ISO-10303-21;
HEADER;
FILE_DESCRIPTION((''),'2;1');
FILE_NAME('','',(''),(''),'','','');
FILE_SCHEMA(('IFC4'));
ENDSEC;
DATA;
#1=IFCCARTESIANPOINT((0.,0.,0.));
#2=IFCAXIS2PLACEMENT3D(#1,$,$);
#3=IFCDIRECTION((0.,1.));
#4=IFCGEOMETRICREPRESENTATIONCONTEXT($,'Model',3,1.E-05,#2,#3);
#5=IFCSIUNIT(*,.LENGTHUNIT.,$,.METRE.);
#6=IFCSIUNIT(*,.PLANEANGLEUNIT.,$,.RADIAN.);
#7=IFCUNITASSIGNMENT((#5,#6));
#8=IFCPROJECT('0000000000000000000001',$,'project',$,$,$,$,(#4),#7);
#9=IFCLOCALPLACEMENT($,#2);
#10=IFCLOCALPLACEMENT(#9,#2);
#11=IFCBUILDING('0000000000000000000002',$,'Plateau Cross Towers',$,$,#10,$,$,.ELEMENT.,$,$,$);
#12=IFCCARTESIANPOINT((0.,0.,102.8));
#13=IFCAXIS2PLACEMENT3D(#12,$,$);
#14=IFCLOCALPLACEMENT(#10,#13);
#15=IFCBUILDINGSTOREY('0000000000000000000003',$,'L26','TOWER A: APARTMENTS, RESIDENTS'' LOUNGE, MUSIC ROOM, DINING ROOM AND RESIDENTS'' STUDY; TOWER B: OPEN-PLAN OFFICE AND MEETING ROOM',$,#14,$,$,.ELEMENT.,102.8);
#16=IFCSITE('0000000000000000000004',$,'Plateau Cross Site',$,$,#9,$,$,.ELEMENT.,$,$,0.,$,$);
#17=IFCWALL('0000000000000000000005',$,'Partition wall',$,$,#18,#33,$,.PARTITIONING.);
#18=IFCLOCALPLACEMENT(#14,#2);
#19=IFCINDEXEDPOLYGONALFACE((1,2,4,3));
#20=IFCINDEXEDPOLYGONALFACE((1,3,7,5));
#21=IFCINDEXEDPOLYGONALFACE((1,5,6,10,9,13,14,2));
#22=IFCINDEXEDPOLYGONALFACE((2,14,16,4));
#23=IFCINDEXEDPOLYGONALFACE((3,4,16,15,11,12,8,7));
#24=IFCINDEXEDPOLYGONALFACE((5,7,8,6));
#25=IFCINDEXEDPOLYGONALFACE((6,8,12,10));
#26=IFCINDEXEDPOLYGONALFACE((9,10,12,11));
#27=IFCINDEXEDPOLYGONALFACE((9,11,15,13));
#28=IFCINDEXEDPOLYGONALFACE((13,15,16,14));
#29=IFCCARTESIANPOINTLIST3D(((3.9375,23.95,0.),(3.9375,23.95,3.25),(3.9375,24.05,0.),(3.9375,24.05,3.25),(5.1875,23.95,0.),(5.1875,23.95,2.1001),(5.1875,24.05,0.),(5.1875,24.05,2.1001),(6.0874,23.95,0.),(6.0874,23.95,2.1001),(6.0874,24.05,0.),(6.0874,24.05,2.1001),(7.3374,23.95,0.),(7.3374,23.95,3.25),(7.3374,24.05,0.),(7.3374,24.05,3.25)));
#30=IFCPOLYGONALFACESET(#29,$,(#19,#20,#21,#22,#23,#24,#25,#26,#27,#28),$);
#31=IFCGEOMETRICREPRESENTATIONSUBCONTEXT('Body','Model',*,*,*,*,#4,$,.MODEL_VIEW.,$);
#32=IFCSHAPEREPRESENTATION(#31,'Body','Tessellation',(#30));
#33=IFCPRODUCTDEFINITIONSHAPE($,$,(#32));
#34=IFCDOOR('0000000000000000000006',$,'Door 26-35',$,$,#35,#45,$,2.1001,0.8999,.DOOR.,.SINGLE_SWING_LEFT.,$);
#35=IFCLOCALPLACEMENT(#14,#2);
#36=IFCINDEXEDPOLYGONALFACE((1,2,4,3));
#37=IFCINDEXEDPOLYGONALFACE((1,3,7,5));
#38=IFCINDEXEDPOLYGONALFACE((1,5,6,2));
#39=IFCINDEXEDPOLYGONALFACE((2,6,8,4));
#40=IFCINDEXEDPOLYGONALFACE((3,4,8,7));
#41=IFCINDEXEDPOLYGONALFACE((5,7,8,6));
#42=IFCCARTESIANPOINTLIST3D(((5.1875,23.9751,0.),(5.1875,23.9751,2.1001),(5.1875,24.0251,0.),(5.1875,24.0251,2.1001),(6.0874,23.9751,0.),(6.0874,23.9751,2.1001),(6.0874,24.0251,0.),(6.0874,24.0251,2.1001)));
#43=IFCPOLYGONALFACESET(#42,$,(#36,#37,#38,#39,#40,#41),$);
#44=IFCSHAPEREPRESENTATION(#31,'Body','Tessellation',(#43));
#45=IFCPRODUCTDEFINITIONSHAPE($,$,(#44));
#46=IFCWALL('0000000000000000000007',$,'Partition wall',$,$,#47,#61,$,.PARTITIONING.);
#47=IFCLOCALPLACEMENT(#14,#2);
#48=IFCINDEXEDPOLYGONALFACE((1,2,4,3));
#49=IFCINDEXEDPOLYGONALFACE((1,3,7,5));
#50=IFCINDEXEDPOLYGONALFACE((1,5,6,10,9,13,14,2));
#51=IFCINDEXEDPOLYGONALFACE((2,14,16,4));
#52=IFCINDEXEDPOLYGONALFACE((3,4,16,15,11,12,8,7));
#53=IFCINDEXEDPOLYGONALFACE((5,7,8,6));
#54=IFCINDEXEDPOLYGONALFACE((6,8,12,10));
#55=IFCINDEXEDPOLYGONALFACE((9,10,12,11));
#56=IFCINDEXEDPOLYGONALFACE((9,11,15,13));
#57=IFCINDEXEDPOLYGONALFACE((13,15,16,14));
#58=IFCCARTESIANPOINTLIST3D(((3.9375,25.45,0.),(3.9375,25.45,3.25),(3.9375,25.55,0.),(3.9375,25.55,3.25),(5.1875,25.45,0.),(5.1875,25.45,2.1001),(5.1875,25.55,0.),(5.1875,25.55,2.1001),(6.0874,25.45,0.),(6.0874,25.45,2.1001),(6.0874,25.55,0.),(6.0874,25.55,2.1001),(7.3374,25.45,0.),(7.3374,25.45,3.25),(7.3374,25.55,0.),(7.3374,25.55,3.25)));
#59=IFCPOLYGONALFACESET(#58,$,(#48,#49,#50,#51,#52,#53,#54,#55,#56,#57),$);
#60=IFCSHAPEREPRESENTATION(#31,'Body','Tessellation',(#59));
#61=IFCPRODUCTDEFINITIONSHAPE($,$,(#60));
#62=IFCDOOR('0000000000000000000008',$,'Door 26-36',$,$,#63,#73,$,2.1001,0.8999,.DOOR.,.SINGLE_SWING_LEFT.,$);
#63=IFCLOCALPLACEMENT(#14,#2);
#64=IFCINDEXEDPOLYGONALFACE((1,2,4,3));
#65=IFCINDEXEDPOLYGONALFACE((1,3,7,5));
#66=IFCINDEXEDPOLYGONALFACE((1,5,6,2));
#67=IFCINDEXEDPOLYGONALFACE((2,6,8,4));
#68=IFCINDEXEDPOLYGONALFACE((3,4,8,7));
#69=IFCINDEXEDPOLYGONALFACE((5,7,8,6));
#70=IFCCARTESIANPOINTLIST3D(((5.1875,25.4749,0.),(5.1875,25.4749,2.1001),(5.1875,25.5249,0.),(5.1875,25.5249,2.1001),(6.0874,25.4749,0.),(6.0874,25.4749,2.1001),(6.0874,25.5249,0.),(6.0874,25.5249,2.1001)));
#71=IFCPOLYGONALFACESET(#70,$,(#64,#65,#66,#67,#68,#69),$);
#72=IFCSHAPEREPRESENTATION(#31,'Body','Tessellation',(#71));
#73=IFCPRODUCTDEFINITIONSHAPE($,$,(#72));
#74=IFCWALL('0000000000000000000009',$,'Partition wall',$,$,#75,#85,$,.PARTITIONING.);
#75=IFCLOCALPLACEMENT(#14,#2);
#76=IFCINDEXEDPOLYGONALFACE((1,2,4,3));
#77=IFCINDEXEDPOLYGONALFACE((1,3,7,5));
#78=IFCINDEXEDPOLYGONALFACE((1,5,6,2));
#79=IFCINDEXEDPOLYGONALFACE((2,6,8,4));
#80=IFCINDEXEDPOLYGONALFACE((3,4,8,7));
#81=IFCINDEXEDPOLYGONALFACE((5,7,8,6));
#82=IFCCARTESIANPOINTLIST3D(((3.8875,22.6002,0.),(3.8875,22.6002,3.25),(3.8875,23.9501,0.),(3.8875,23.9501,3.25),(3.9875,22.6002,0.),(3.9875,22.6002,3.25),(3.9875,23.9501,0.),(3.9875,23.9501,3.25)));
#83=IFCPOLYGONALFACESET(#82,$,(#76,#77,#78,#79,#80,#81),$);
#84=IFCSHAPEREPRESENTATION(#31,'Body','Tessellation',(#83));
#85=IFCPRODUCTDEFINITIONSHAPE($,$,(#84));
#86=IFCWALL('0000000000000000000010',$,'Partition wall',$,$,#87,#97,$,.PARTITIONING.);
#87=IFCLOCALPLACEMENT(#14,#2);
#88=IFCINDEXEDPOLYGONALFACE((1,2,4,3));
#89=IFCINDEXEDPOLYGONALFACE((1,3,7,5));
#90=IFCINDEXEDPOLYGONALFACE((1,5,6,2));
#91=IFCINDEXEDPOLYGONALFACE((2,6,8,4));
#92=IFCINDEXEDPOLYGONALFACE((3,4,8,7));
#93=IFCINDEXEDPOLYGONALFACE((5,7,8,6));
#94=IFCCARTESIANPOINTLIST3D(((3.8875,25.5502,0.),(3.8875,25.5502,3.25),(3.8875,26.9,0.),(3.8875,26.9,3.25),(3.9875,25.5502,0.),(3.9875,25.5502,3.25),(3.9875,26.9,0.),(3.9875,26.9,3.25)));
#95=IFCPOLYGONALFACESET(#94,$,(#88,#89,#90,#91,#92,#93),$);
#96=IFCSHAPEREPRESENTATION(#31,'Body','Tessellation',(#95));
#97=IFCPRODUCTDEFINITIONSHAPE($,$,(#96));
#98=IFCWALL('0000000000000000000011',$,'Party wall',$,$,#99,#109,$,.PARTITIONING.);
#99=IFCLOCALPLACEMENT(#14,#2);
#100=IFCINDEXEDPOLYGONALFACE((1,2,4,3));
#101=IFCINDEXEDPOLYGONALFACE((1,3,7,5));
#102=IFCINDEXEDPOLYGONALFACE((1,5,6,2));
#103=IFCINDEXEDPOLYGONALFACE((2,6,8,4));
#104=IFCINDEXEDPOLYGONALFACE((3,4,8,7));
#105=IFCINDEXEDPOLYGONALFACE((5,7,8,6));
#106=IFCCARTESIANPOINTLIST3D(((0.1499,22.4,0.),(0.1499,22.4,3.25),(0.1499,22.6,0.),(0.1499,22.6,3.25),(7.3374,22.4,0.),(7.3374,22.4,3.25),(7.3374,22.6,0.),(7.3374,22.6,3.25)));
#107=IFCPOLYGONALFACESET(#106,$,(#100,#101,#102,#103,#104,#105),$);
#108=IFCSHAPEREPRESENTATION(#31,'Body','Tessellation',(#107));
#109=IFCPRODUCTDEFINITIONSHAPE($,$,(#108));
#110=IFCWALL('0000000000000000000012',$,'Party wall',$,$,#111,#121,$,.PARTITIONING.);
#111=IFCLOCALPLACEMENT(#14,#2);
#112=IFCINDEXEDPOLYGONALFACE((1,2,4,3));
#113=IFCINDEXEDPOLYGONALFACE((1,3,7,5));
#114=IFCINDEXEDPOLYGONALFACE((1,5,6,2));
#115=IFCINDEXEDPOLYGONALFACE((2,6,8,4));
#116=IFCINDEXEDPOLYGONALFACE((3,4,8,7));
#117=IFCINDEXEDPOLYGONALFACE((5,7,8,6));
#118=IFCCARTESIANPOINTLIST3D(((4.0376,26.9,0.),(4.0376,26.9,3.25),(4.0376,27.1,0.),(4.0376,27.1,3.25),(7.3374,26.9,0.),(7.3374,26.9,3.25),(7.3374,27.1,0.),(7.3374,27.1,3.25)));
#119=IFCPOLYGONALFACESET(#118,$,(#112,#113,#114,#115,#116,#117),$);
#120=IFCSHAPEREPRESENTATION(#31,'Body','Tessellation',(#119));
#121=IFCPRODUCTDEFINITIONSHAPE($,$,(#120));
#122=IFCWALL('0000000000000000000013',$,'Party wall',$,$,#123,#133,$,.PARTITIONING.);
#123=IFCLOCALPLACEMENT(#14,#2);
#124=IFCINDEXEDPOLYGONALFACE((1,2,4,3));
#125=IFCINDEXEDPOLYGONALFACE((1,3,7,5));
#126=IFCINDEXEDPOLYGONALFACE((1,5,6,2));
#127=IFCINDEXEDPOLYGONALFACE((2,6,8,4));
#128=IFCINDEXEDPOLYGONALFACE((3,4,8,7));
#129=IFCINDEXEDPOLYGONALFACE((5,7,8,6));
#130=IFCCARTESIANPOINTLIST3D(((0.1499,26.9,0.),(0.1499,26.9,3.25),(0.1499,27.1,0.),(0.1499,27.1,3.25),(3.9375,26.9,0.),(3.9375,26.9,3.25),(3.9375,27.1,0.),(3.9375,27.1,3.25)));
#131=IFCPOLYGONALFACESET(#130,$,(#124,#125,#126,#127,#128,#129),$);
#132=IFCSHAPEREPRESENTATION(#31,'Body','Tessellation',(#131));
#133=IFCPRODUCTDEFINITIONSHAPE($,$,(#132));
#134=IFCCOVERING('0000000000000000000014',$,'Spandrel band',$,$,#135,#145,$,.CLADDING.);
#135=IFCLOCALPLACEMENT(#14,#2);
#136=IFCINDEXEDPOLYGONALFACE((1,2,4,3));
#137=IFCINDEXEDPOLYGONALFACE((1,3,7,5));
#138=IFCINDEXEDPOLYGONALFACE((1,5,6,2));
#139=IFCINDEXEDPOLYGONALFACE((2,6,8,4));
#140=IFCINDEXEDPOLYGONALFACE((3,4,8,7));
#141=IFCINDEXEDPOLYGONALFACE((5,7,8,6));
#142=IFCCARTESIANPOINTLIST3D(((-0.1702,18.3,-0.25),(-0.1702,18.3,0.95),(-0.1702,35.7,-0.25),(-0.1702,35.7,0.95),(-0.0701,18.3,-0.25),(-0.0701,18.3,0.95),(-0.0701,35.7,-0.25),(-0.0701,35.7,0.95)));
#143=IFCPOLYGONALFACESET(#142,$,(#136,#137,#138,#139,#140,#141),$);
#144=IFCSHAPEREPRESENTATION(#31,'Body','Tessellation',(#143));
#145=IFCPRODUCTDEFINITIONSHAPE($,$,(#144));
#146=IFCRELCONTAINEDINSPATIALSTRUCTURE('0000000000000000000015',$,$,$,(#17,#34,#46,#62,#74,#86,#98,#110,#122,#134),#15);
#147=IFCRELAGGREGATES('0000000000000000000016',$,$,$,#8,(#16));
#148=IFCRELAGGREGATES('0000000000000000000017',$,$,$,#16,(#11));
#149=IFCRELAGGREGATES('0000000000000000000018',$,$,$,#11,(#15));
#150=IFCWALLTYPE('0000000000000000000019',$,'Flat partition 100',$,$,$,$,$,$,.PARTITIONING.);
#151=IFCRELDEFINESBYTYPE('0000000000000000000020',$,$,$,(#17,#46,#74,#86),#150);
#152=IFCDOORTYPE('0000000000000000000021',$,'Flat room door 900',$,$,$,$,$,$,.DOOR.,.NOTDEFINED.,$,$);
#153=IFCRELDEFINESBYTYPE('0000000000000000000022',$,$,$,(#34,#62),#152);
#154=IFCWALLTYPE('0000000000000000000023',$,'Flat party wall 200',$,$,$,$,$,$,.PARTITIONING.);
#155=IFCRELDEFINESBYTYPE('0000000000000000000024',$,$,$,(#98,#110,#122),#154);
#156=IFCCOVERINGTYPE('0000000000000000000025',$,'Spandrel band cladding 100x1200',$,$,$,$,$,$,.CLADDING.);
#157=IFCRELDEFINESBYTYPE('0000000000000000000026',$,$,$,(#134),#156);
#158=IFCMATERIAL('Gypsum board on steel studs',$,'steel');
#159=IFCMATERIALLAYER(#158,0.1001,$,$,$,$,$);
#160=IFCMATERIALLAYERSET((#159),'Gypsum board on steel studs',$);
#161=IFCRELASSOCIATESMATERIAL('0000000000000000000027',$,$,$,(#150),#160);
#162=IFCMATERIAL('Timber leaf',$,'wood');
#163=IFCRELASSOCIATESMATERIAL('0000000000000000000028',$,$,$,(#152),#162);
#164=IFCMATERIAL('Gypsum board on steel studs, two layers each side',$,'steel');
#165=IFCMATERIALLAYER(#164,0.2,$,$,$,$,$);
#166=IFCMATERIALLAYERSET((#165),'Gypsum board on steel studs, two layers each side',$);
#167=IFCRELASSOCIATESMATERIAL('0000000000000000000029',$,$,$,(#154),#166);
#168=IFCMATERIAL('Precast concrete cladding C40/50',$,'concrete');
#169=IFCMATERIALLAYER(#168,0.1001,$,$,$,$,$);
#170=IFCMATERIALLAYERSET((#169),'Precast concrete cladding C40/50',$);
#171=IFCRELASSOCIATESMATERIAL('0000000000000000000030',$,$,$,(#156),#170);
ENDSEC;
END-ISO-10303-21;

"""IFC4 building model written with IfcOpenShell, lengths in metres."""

from ifc_helpers import new_model, si_unit, direction, frame, frame_2d, origin, origin_2d, place, context, subcontext, project, spatial, rectangle, extrude, material, layer, layer_set, type_object, element, fill, save


model = new_model("IFC4")

# Units and contexts
model_context = context("Model", 3, precision=1e-05, world=origin(), true_north=direction((0.0, 1.0)))
body_context = subcontext(model_context, "Body", "Model", "MODEL_VIEW")
ifc_project = project(units=[si_unit("LENGTHUNIT", "METRE"), si_unit("PLANEANGLEUNIT", "RADIAN")], contexts=[model_context])

# Site, building, storey
site_placement = place(None, origin())
site = spatial("IfcSite", under=ifc_project, at=site_placement, Name="Plateau Cross Site", CompositionType="ELEMENT", RefElevation=0.0)
building_placement = place(site_placement, origin())
building = spatial("IfcBuilding", under=site, at=building_placement, Name="Plateau Cross Towers", CompositionType="ELEMENT")
storey_placement = place(building_placement, frame((0.0, 0.0, 102.8)))
storey = spatial("IfcBuildingStorey", under=building, at=storey_placement, Name="L26", Description="TOWER A: APARTMENTS, RESIDENTS' LOUNGE, MUSIC ROOM, DINING ROOM AND RESIDENTS' STUDY; TOWER B: OPEN-PLAN OFFICE AND MEETING ROOM", CompositionType="ELEMENT", Elevation=102.8)

# Walls, openings, doors
ifc_material_1 = material(Name="Gypsum board on steel studs", Category="steel")
ifc_layer_1 = layer(ifc_material_1, 0.1001)
ifc_layer_set_1 = layer_set([ifc_layer_1], Name="Gypsum board on steel studs")
wall_type_1 = type_object("IfcWallType", Name="Flat partition 100", PredefinedType="PARTITIONING", material=ifc_layer_set_1)
wall_1_placement = place(storey_placement, frame((7.3374, 24.0, 0.0), z_axis=(0.0, 0.0, 1.0), x_axis=(-1.0, 0.0, 0.0)))
wall_1 = element("IfcWall", 1, at=wall_1_placement, inside=storey, type_object=wall_type_1, Name="Partition wall", PredefinedType="PARTITIONING", context=body_context, shape_type="SweptSolid", body=[
    extrude(rectangle(XDim=3.3999, YDim=0.1001, at=frame_2d((1.7, 0.0))), origin(), (0.0, 0.0, 1.0), 3.25),
])
opening_1_placement = place(wall_1_placement, frame((1.25, 0.0, 0.0)))
opening_1 = element("IfcOpeningElement", 2, at=opening_1_placement, cuts=wall_1, PredefinedType="OPENING", context=body_context, shape_type="SweptSolid", body=[
    extrude(rectangle(XDim=0.8999, YDim=2.1001, at=frame_2d((0.45, 1.05))), frame((0.0, 0.0601, 0.0), z_axis=(0.0, -1.0, 0.0), x_axis=(1.0, 0.0, 0.0)), (0.0, 0.0, 1.0), 0.1201),
])
ifc_material_2 = material(Name="Timber leaf", Category="wood")
door_type_1 = type_object("IfcDoorType", Name="Flat room door 900", OperationType="NOTDEFINED", PredefinedType="DOOR", material=ifc_material_2)
door_1_placement = place(opening_1_placement, origin())
door_1 = element("IfcDoor", 3, at=door_1_placement, inside=storey, type_object=door_type_1, Name="Door 26-35", OperationType="SINGLE_SWING_LEFT", OverallHeight=2.1001, OverallWidth=0.8999, PredefinedType="DOOR", context=body_context, shape_type="SweptSolid", body=[
    extrude(rectangle(XDim=0.8999, YDim=2.1001, at=frame_2d((0.45, 1.05))), frame((0.0, 0.0249, 0.0), z_axis=(0.0, -1.0, 0.0), x_axis=(1.0, 0.0, 0.0)), (0.0, 0.0, 1.0), 0.05),
])
fill(opening_1, door_1)
wall_2_placement = place(storey_placement, frame((3.9375, 25.5, 0.0), z_axis=(0.0, 0.0, 1.0), x_axis=(1.0, 0.0, 0.0)))
wall_2 = element("IfcWall", 4, at=wall_2_placement, inside=storey, type_object=wall_type_1, Name="Partition wall", PredefinedType="PARTITIONING", context=body_context, shape_type="SweptSolid", body=[
    extrude(rectangle(XDim=3.3999, YDim=0.1001, at=frame_2d((1.7, 0.0))), origin(), (0.0, 0.0, 1.0), 3.25),
])
opening_2_placement = place(wall_2_placement, frame((1.25, 0.0, 0.0)))
opening_2 = element("IfcOpeningElement", 5, at=opening_2_placement, cuts=wall_2, PredefinedType="OPENING", context=body_context, shape_type="SweptSolid", body=[
    extrude(rectangle(XDim=0.8999, YDim=2.1001, at=frame_2d((0.45, 1.05))), frame((0.0, 0.0601, 0.0), z_axis=(0.0, -1.0, 0.0), x_axis=(1.0, 0.0, 0.0)), (0.0, 0.0, 1.0), 0.1201),
])
door_2_placement = place(opening_2_placement, origin())
door_2 = element("IfcDoor", 6, at=door_2_placement, inside=storey, type_object=door_type_1, Name="Door 26-36", OperationType="SINGLE_SWING_LEFT", OverallHeight=2.1001, OverallWidth=0.8999, PredefinedType="DOOR", context=body_context, shape_type="SweptSolid", body=[
    extrude(rectangle(XDim=0.8999, YDim=2.1001, at=frame_2d((0.45, 1.05))), frame((0.0, 0.0249, 0.0), z_axis=(0.0, -1.0, 0.0), x_axis=(1.0, 0.0, 0.0)), (0.0, 0.0, 1.0), 0.05),
])
fill(opening_2, door_2)

# Walls
for number, where, z_axis, x_axis, name in (
    (7, (3.9375, 23.95, 0.0), (0.0, 0.0, 1.0), (0.0, -1.0, 0.0), "Partition wall"),
    (8, (3.9375, 26.8999, 0.0), (0.0, 0.0, 1.0), (0.0, -1.0, 0.0), "Partition wall"),
):
    element("IfcWall", number, at=place(storey_placement, frame(where, z_axis=z_axis, x_axis=x_axis)), inside=storey, type_object=wall_type_1, Name=name, PredefinedType="PARTITIONING", context=body_context, shape_type="SweptSolid", body=[
        extrude(rectangle(XDim=1.3499, YDim=0.1001, at=frame_2d((0.6748, 0.0))), origin(), (0.0, 0.0, 1.0), 3.25),
    ])
ifc_material_3 = material(Name="Gypsum board on steel studs, two layers each side", Category="steel")
ifc_layer_2 = layer(ifc_material_3, 0.2)
ifc_layer_set_2 = layer_set([ifc_layer_2], Name="Gypsum board on steel studs, two layers each side")
wall_type_2 = type_object("IfcWallType", Name="Flat party wall 200", PredefinedType="PARTITIONING", material=ifc_layer_set_2)
wall_3_placement = place(storey_placement, frame((7.3374, 22.5, 0.0), z_axis=(0.0, 0.0, 1.0), x_axis=(-1.0, 0.0, 0.0)))
element("IfcWall", 9, at=wall_3_placement, inside=storey, type_object=wall_type_2, Name="Party wall", PredefinedType="PARTITIONING", context=body_context, shape_type="SweptSolid", body=[
    extrude(rectangle(XDim=7.1875, YDim=0.2, at=frame_2d((3.5938, 0.0))), origin(), (0.0, 0.0, 1.0), 3.25),
])
wall_4_placement = place(storey_placement, frame((7.3374, 27.0, 0.0), z_axis=(0.0, 0.0, 1.0), x_axis=(-1.0, 0.0, 0.0)))
element("IfcWall", 10, at=wall_4_placement, inside=storey, type_object=wall_type_2, Name="Party wall", PredefinedType="PARTITIONING", context=body_context, shape_type="SweptSolid", body=[
    extrude(rectangle(XDim=3.2998, YDim=0.2, at=frame_2d((1.6499, 0.0))), origin(), (0.0, 0.0, 1.0), 3.25),
])
wall_5_placement = place(storey_placement, frame((0.1499, 27.0, 0.0), z_axis=(0.0, 0.0, 1.0), x_axis=(1.0, 0.0, 0.0)))
element("IfcWall", 11, at=wall_5_placement, inside=storey, type_object=wall_type_2, Name="Party wall", PredefinedType="PARTITIONING", context=body_context, shape_type="SweptSolid", body=[
    extrude(rectangle(XDim=3.7876, YDim=0.2, at=frame_2d((1.8938, 0.0))), origin(), (0.0, 0.0, 1.0), 3.25),
])

# Covering
ifc_material_4 = material(Name="Precast concrete cladding C40/50", Category="concrete")
ifc_layer_3 = layer(ifc_material_4, 0.1001)
ifc_layer_set_3 = layer_set([ifc_layer_3], Name="Precast concrete cladding C40/50")
covering_type = type_object("IfcCoveringType", Name="Spandrel band cladding 100x1200", PredefinedType="CLADDING", material=ifc_layer_set_3)
covering_placement = place(storey_placement, frame((-0.1201, 27.0, -0.25), z_axis=(0.0, 0.0, 1.0), x_axis=(0.0, -1.0, 0.0)))
element("IfcCovering", 12, at=covering_placement, inside=storey, type_object=covering_type, Name="Spandrel band", PredefinedType="CLADDING", context=body_context, shape_type="SweptSolid", body=[
    extrude(rectangle(XDim=17.3999, YDim=0.1001, at=origin_2d()), origin(), (0.0, 0.0, 1.0), 1.2),
])

save(model, "model.ifc")
